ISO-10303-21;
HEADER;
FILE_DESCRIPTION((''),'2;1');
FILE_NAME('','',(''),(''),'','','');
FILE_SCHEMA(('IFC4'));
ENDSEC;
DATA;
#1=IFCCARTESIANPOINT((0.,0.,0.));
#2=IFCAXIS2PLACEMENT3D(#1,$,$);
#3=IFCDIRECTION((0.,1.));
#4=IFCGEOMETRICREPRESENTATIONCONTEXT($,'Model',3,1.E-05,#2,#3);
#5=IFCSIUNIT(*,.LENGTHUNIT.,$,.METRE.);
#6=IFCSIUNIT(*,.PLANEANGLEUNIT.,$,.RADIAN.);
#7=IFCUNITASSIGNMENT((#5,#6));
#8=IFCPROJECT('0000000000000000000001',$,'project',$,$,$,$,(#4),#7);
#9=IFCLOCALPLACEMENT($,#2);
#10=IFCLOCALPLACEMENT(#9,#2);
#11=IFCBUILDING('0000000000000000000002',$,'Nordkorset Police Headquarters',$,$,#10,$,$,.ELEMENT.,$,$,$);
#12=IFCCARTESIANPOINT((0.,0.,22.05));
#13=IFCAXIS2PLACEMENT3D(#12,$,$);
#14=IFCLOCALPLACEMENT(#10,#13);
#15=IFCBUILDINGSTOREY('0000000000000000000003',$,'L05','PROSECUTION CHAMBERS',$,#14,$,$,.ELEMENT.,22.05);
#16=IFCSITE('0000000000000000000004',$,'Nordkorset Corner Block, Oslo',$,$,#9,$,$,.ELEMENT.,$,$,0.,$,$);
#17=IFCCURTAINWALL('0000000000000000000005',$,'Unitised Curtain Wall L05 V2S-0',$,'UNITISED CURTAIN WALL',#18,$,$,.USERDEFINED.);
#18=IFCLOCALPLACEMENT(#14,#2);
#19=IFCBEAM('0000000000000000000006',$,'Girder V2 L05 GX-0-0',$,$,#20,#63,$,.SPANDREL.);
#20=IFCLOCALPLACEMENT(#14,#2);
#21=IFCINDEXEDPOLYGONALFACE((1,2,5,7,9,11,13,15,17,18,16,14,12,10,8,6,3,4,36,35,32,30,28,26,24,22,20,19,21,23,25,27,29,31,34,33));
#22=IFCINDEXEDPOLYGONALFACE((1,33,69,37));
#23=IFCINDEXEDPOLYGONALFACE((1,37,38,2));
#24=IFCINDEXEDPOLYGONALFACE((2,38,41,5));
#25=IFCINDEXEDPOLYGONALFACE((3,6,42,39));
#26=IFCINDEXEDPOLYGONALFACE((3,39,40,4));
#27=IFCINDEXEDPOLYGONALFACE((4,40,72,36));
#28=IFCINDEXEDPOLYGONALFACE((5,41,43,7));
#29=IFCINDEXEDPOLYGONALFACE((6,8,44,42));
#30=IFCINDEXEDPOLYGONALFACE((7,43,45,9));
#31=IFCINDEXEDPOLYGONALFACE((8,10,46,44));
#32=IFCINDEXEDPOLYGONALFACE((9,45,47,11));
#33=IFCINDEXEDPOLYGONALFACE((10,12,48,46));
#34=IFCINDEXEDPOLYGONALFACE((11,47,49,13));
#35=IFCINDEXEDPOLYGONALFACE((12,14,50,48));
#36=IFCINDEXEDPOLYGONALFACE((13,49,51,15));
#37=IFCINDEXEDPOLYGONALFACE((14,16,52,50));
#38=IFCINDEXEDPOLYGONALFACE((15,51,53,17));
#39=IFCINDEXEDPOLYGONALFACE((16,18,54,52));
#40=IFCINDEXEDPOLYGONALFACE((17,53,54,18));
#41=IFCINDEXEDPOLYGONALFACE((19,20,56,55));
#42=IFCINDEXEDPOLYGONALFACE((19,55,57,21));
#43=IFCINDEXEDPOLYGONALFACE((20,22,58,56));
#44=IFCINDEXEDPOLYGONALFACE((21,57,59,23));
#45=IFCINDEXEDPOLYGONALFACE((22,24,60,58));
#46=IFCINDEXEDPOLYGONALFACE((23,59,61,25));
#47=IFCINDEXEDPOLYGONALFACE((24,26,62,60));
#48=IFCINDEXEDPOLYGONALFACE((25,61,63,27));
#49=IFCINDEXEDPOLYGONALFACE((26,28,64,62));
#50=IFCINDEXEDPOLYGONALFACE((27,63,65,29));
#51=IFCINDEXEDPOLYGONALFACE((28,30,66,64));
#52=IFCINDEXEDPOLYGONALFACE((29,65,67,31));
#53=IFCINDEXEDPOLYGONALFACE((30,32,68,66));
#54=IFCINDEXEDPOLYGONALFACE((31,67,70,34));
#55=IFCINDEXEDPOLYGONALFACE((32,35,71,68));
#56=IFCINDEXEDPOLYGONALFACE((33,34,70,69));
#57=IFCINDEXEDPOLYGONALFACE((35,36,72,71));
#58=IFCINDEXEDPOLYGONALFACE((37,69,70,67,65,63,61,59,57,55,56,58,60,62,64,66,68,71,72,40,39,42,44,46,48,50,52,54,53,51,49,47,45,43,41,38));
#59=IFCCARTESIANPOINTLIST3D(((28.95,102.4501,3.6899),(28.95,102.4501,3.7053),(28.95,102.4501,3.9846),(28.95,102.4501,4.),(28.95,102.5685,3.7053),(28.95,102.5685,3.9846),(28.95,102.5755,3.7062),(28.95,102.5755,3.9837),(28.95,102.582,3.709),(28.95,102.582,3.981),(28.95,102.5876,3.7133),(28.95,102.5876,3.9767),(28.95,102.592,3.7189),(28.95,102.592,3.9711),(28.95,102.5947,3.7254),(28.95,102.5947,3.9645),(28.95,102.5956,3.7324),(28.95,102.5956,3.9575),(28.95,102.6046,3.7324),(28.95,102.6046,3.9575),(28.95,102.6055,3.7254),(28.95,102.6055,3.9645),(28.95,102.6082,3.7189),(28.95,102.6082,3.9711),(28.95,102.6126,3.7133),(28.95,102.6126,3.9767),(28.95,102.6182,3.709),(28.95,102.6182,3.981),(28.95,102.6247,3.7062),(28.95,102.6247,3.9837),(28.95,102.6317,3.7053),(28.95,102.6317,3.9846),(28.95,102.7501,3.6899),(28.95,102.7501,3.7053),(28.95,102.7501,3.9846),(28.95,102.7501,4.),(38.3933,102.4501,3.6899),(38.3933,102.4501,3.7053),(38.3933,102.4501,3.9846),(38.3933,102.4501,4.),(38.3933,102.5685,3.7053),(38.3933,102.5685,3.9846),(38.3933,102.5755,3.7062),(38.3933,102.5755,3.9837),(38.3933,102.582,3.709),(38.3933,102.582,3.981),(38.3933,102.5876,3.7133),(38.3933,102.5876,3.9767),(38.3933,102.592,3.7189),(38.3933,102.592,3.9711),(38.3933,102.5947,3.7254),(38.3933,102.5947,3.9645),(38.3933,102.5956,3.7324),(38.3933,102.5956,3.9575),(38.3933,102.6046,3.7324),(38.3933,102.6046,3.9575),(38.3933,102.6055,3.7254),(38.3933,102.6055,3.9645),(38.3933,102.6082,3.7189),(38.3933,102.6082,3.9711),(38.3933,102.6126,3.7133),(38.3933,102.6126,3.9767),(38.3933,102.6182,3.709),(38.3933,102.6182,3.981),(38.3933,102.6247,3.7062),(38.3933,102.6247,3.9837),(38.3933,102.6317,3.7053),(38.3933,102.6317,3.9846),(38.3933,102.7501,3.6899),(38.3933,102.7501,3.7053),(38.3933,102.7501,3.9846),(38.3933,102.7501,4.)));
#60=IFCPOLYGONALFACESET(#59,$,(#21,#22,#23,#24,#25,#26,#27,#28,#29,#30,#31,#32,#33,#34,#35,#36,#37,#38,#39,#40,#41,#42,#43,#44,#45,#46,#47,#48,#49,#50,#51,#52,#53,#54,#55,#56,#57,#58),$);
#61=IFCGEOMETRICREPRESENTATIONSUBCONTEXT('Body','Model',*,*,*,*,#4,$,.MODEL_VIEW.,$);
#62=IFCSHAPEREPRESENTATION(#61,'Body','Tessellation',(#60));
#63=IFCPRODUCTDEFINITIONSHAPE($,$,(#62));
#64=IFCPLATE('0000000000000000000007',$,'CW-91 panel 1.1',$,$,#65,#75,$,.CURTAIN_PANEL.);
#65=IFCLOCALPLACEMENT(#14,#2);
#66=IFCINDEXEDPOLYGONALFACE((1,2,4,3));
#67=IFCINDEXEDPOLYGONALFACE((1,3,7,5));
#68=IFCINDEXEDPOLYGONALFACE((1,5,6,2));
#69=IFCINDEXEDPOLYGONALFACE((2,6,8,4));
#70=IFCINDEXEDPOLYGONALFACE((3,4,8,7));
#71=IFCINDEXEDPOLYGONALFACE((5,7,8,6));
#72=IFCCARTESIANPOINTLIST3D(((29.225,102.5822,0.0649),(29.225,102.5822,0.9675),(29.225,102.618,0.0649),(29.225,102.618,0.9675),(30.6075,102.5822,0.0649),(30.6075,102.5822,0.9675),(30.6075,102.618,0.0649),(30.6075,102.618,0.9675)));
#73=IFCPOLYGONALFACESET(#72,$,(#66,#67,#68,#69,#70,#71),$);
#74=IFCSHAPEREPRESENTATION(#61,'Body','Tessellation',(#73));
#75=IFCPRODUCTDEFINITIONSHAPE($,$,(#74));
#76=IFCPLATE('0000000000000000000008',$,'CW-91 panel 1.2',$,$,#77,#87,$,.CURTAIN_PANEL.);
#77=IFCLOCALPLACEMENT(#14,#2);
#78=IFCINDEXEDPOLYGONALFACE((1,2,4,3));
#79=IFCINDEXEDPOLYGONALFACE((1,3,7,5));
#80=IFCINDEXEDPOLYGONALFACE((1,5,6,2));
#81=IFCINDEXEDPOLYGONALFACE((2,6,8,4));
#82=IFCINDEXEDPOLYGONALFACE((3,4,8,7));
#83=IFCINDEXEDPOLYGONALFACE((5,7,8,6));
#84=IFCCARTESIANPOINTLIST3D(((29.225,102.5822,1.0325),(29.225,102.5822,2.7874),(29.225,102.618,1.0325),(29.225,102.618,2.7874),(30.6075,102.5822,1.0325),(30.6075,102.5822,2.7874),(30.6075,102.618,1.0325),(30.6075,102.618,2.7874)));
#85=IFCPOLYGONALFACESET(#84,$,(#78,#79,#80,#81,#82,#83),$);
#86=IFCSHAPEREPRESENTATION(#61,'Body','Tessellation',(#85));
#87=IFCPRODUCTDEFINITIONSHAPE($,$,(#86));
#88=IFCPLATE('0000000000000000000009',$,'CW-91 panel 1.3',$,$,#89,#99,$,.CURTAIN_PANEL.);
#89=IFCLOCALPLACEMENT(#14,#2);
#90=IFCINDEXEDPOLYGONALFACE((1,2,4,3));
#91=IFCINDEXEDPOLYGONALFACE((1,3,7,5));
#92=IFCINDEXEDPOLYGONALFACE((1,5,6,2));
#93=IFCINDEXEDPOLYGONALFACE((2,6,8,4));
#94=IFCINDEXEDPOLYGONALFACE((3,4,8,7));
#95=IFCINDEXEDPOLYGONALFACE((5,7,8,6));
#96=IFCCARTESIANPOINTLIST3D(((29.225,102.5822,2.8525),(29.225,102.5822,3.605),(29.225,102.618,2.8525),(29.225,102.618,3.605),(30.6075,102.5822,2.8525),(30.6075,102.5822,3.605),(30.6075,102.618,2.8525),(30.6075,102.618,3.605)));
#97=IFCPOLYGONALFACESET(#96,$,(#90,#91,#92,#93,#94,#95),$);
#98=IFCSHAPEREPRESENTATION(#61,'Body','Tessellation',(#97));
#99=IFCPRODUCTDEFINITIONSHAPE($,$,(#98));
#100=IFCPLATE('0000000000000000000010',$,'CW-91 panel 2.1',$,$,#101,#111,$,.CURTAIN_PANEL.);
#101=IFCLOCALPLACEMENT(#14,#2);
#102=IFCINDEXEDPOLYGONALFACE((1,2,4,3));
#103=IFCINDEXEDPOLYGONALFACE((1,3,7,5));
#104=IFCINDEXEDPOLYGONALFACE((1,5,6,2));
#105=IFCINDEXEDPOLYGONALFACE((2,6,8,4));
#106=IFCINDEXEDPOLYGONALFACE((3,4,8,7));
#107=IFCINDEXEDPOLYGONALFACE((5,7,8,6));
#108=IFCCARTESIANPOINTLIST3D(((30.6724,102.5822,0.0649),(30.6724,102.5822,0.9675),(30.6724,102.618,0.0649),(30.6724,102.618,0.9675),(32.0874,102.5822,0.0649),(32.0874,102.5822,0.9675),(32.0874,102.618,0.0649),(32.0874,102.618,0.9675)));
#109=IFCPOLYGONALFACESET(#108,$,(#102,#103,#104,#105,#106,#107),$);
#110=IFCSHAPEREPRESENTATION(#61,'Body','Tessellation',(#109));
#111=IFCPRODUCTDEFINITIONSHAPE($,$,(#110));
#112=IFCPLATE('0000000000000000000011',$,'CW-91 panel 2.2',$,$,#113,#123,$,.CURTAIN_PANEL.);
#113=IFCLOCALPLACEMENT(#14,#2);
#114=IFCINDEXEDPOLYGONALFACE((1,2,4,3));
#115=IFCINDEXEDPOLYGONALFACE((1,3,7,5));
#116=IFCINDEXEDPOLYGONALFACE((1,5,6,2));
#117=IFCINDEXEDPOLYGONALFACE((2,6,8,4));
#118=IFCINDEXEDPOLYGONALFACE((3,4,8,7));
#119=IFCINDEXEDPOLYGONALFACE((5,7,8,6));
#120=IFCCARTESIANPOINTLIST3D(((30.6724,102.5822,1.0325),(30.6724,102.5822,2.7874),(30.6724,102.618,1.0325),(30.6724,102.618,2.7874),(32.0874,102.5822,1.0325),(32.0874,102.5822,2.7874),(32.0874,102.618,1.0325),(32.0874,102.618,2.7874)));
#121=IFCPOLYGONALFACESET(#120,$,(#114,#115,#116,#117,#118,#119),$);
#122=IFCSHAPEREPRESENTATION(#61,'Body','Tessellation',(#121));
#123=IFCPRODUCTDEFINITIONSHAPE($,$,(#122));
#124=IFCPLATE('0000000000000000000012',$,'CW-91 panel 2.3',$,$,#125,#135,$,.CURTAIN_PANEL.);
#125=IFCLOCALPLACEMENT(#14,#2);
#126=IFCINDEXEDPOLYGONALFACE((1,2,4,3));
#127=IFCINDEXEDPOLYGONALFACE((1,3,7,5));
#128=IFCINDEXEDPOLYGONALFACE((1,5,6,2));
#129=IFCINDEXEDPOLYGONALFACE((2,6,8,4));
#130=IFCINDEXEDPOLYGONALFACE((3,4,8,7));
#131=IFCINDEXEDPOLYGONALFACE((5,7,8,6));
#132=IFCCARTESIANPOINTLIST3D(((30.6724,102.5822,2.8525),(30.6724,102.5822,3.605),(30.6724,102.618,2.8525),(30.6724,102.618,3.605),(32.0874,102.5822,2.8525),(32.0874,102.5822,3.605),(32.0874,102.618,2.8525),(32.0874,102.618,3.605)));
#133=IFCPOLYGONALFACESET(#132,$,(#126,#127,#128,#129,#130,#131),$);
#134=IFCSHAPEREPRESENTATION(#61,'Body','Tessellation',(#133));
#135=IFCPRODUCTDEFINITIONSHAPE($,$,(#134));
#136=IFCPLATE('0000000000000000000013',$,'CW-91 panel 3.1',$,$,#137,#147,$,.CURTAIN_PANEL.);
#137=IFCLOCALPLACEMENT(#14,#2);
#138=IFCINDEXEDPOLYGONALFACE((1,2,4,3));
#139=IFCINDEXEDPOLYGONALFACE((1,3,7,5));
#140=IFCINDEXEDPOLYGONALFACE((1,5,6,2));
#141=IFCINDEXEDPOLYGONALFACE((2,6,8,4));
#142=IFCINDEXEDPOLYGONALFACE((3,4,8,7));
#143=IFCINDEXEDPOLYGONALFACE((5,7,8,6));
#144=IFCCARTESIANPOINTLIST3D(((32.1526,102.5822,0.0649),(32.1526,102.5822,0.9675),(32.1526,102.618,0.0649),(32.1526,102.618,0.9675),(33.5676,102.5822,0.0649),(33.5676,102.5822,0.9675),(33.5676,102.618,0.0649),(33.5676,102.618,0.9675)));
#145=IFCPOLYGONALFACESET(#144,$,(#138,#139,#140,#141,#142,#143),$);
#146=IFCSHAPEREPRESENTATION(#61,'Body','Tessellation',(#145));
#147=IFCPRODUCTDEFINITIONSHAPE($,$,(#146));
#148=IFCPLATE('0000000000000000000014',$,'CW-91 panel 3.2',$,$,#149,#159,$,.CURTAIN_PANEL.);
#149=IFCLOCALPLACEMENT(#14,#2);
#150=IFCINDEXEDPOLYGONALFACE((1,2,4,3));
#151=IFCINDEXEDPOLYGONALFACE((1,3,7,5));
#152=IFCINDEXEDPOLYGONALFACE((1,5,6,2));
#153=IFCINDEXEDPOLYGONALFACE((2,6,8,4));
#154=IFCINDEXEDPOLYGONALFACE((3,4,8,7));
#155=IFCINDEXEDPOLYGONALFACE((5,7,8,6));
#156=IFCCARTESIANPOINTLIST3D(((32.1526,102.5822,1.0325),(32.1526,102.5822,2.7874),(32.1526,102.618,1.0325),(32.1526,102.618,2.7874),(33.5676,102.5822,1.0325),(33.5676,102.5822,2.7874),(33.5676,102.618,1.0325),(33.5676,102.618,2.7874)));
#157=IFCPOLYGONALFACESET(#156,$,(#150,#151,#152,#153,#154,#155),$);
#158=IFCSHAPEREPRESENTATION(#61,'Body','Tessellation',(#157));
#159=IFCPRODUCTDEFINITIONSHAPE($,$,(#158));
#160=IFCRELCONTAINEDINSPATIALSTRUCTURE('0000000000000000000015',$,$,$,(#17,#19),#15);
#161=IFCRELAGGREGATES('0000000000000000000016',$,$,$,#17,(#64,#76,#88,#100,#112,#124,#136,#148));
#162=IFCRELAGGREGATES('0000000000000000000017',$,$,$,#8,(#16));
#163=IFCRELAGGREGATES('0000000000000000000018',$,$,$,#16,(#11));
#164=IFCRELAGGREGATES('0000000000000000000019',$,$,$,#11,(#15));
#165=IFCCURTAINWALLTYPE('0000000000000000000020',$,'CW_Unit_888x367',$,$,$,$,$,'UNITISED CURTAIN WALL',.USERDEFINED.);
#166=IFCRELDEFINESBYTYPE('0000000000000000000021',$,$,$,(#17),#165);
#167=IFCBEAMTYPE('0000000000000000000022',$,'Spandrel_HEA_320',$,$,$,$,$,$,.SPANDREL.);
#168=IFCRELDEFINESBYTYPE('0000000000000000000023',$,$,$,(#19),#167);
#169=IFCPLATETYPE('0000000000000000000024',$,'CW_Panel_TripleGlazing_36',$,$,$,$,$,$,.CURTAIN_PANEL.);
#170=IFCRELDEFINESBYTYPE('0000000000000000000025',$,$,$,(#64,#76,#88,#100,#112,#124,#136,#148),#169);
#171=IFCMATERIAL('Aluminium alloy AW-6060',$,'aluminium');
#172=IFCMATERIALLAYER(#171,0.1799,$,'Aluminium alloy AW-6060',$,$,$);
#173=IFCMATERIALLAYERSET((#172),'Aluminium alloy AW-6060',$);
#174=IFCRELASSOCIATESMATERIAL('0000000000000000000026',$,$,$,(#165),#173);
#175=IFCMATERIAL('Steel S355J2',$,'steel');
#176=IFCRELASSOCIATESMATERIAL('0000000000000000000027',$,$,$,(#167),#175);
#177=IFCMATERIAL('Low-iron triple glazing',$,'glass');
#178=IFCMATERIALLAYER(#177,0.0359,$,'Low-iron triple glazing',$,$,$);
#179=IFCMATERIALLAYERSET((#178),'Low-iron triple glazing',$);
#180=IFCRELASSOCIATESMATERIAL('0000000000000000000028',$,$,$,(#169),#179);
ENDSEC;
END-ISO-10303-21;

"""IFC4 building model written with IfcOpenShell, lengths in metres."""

from ifc_helpers import new_model, si_unit, direction, frame, origin, origin_2d, place, context, subcontext, project, spatial, rectangle, i_section, extrude, material, layer, layer_set, material_profile, profile_set, type_object, element, aggregate, save


model = new_model("IFC4")

# Units and contexts
model_context = context("Model", 3, precision=1e-05, world=origin(), true_north=direction((0.0, 1.0)))
body_context = subcontext(model_context, "Body", "Model", "MODEL_VIEW")
ifc_project = project(units=[si_unit("LENGTHUNIT", "METRE"), si_unit("PLANEANGLEUNIT", "RADIAN")], contexts=[model_context])

# Site, building, storey
site_placement = place(None, origin())
site = spatial("IfcSite", under=ifc_project, at=site_placement, Name="Nordkorset Corner Block, Oslo", CompositionType="ELEMENT", RefElevation=0.0)
building_placement = place(site_placement, origin())
building = spatial("IfcBuilding", under=site, at=building_placement, Name="Nordkorset Police Headquarters", CompositionType="ELEMENT")
storey_placement = place(building_placement, frame((0.0, 0.0, 22.05)))
storey = spatial("IfcBuildingStorey", under=building, at=storey_placement, Name="L05", Description="PROSECUTION CHAMBERS", CompositionType="ELEMENT", Elevation=22.05)

# Curtain wall
ifc_material_1 = material(Name="Aluminium alloy AW-6060", Category="aluminium")
ifc_layer_1 = layer(ifc_material_1, 0.1799, Name="Aluminium alloy AW-6060")
ifc_layer_set_1 = layer_set([ifc_layer_1], Name="Aluminium alloy AW-6060")
curtain_wall_type = type_object("IfcCurtainWallType", Name="CW_Unit_888x367", ElementType="UNITISED CURTAIN WALL", PredefinedType="USERDEFINED", material=ifc_layer_set_1)
curtain_wall_placement = place(storey_placement, origin())
curtain_wall = element("IfcCurtainWall", 1, at=curtain_wall_placement, inside=storey, type_object=curtain_wall_type, Name="Unitised Curtain Wall L05 V2S-0", ObjectType="UNITISED CURTAIN WALL", PredefinedType="USERDEFINED")

# Beam
ifc_material_2 = material(Name="Steel S355J2", Category="steel")
ifc_material_profile_1 = material_profile(ifc_material_2, i_section(OverallWidth=0.3, OverallDepth=0.3101, WebThickness=0.009, FlangeThickness=0.0154, FilletRadius=0.0271, at=origin_2d()), Name="HEA 320")
ifc_profile_set_1 = profile_set([ifc_material_profile_1], Name="Steel S355J2")
beam_type_1 = type_object("IfcBeamType", Name="Spandrel_HEA_320", PredefinedType="SPANDREL", material=ifc_profile_set_1)
beam_1_placement = place(storey_placement, frame((28.95, 102.6001, 3.845), z_axis=(1.0, 0.0, 0.0), x_axis=(0.0, 1.0, 0.0)))
element("IfcBeam", 2, at=beam_1_placement, inside=storey, type_object=beam_type_1, Name="Girder V2 L05 GX-0-0", PredefinedType="SPANDREL", context=body_context, shape_type="SweptSolid", body=[
    extrude(i_section(OverallWidth=0.3, OverallDepth=0.3101, WebThickness=0.009, FlangeThickness=0.0154, FilletRadius=0.0271, at=origin_2d()), origin(), (0.0, 0.0, 1.0), 9.4434),
])

# Plates
ifc_material_3 = material(Name="Low-iron triple glazing", Category="glass")
ifc_layer_2 = layer(ifc_material_3, 0.0359, Name="Low-iron triple glazing")
ifc_layer_set_2 = layer_set([ifc_layer_2], Name="Low-iron triple glazing")
plate_type = type_object("IfcPlateType", Name="CW_Panel_TripleGlazing_36", PredefinedType="CURTAIN_PANEL", material=ifc_layer_set_2)
plate_1_placement = place(storey_placement, frame((29.9163, 102.6001, 0.0649), z_axis=(0.0, 0.0, 1.0), x_axis=(1.0, 0.0, 0.0)))
plate_1 = element("IfcPlate", 3, at=plate_1_placement, type_object=plate_type, Name="CW-91 panel 1.1", PredefinedType="CURTAIN_PANEL", context=body_context, shape_type="SweptSolid", body=[
    extrude(rectangle(XDim=1.3826, YDim=0.0359, at=origin_2d()), origin(), (0.0, 0.0, 1.0), 0.9026),
])
plate_2_placement = place(storey_placement, frame((29.9163, 102.6001, 1.0325), z_axis=(0.0, 0.0, 1.0), x_axis=(1.0, 0.0, 0.0)))
plate_2 = element("IfcPlate", 4, at=plate_2_placement, type_object=plate_type, Name="CW-91 panel 1.2", PredefinedType="CURTAIN_PANEL", context=body_context, shape_type="SweptSolid", body=[
    extrude(rectangle(XDim=1.3826, YDim=0.0359, at=origin_2d()), origin(), (0.0, 0.0, 1.0), 1.7549),
])
plate_3_placement = place(storey_placement, frame((29.9163, 102.6001, 2.8525), z_axis=(0.0, 0.0, 1.0), x_axis=(1.0, 0.0, 0.0)))
plate_3 = element("IfcPlate", 5, at=plate_3_placement, type_object=plate_type, Name="CW-91 panel 1.3", PredefinedType="CURTAIN_PANEL", context=body_context, shape_type="SweptSolid", body=[
    extrude(rectangle(XDim=1.3826, YDim=0.0359, at=origin_2d()), origin(), (0.0, 0.0, 1.0), 0.7524),
])
plate_4_placement = place(storey_placement, frame((31.3799, 102.6001, 0.0649), z_axis=(0.0, 0.0, 1.0), x_axis=(1.0, 0.0, 0.0)))
plate_4 = element("IfcPlate", 6, at=plate_4_placement, type_object=plate_type, Name="CW-91 panel 2.1", PredefinedType="CURTAIN_PANEL", context=body_context, shape_type="SweptSolid", body=[
    extrude(rectangle(XDim=1.415, YDim=0.0359, at=origin_2d()), origin(), (0.0, 0.0, 1.0), 0.9026),
])
plate_5_placement = place(storey_placement, frame((31.3799, 102.6001, 1.0325), z_axis=(0.0, 0.0, 1.0), x_axis=(1.0, 0.0, 0.0)))
plate_5 = element("IfcPlate", 7, at=plate_5_placement, type_object=plate_type, Name="CW-91 panel 2.2", PredefinedType="CURTAIN_PANEL", context=body_context, shape_type="SweptSolid", body=[
    extrude(rectangle(XDim=1.415, YDim=0.0359, at=origin_2d()), origin(), (0.0, 0.0, 1.0), 1.7549),
])
plate_6_placement = place(storey_placement, frame((31.3799, 102.6001, 2.8525), z_axis=(0.0, 0.0, 1.0), x_axis=(1.0, 0.0, 0.0)))
plate_6 = element("IfcPlate", 8, at=plate_6_placement, type_object=plate_type, Name="CW-91 panel 2.3", PredefinedType="CURTAIN_PANEL", context=body_context, shape_type="SweptSolid", body=[
    extrude(rectangle(XDim=1.415, YDim=0.0359, at=origin_2d()), origin(), (0.0, 0.0, 1.0), 0.7524),
])
plate_7_placement = place(storey_placement, frame((32.8601, 102.6001, 0.0649), z_axis=(0.0, 0.0, 1.0), x_axis=(1.0, 0.0, 0.0)))
plate_7 = element("IfcPlate", 9, at=plate_7_placement, type_object=plate_type, Name="CW-91 panel 3.1", PredefinedType="CURTAIN_PANEL", context=body_context, shape_type="SweptSolid", body=[
    extrude(rectangle(XDim=1.415, YDim=0.0359, at=origin_2d()), origin(), (0.0, 0.0, 1.0), 0.9026),
])
plate_8_placement = place(storey_placement, frame((32.8601, 102.6001, 1.0325), z_axis=(0.0, 0.0, 1.0), x_axis=(1.0, 0.0, 0.0)))
plate_8 = element("IfcPlate", 10, at=plate_8_placement, type_object=plate_type, Name="CW-91 panel 3.2", PredefinedType="CURTAIN_PANEL", context=body_context, shape_type="SweptSolid", body=[
    extrude(rectangle(XDim=1.415, YDim=0.0359, at=origin_2d()), origin(), (0.0, 0.0, 1.0), 1.7549),
])
aggregate(curtain_wall, [plate_1, plate_2, plate_3, plate_4, plate_5, plate_6, plate_7, plate_8])

save(model, "model.ifc")
